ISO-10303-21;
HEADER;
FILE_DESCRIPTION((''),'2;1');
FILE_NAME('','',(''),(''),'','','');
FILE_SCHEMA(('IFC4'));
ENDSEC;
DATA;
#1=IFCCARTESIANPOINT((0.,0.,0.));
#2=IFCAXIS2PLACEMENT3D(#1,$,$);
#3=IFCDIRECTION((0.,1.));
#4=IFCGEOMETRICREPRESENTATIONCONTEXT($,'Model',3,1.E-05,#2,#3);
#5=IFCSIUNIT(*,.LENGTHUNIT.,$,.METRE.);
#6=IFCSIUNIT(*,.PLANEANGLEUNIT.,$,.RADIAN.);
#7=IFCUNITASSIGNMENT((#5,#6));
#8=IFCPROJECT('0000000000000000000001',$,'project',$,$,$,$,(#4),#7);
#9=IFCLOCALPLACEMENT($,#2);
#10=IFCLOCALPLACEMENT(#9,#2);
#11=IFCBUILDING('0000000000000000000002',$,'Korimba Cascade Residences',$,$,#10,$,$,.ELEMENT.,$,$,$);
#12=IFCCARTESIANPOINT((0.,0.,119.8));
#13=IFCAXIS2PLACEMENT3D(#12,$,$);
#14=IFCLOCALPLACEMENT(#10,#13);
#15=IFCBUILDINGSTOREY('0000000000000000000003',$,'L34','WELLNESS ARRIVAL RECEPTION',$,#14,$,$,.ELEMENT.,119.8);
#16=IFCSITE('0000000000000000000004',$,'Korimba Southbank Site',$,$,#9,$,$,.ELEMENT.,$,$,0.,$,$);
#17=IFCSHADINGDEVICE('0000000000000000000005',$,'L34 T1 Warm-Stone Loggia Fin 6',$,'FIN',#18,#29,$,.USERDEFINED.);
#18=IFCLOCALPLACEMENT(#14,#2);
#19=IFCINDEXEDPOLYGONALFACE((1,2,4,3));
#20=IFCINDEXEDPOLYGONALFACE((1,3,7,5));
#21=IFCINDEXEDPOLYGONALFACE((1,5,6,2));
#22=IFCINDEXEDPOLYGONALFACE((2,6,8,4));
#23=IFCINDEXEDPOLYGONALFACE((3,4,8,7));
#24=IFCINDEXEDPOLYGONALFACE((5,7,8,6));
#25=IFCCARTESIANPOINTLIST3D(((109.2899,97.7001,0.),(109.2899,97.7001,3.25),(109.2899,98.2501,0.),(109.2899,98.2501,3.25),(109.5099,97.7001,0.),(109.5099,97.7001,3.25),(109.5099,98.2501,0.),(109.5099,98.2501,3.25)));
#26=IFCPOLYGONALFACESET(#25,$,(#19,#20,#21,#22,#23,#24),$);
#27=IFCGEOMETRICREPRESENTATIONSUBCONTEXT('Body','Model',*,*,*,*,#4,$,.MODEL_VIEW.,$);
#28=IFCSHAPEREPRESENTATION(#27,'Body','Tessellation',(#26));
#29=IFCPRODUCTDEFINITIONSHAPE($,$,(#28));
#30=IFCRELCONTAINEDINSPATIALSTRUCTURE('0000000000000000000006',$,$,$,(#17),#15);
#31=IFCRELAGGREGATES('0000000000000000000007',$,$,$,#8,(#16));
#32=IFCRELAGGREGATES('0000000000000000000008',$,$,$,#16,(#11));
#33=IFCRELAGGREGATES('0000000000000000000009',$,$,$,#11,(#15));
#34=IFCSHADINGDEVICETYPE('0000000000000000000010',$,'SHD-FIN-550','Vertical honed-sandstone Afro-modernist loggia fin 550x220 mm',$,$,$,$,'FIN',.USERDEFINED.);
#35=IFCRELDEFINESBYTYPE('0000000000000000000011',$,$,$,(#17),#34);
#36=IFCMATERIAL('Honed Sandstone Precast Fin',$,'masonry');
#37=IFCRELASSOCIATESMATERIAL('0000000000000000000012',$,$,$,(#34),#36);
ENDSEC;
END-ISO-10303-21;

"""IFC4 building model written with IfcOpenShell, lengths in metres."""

from ifc_helpers import new_model, si_unit, direction, frame, origin, origin_2d, place, context, subcontext, project, spatial, rectangle, extrude, material, type_object, element, save


model = new_model("IFC4")

# Units and contexts
model_context = context("Model", 3, precision=1e-05, world=origin(), true_north=direction((0.0, 1.0)))
body_context = subcontext(model_context, "Body", "Model", "MODEL_VIEW")
ifc_project = project(units=[si_unit("LENGTHUNIT", "METRE"), si_unit("PLANEANGLEUNIT", "RADIAN")], contexts=[model_context])

# Site, building, storey
site_placement = place(None, origin())
site = spatial("IfcSite", under=ifc_project, at=site_placement, Name="Korimba Southbank Site", CompositionType="ELEMENT", RefElevation=0.0)
building_placement = place(site_placement, origin())
building = spatial("IfcBuilding", under=site, at=building_placement, Name="Korimba Cascade Residences", CompositionType="ELEMENT")
storey_placement = place(building_placement, frame((0.0, 0.0, 119.8)))
storey = spatial("IfcBuildingStorey", under=building, at=storey_placement, Name="L34", Description="WELLNESS ARRIVAL RECEPTION", CompositionType="ELEMENT", Elevation=119.8)

# Shading device
ifc_material_1 = material(Name="Honed Sandstone Precast Fin", Category="masonry")
shading_device_type = type_object("IfcShadingDeviceType", Name="SHD-FIN-550", Description="Vertical honed-sandstone Afro-modernist loggia fin 550x220 mm", ElementType="FIN", PredefinedType="USERDEFINED", material=ifc_material_1)
for number, where, z_axis, x_axis, name in (
    (1, (109.3999, 97.9751, 0.0), (0.0, 0.0, 1.0), (1.0, 0.0, 0.0), "L34 T1 Warm-Stone Loggia Fin 6"),
):
    element("IfcShadingDevice", number, at=place(storey_placement, frame(where, z_axis=z_axis, x_axis=x_axis)), inside=storey, type_object=shading_device_type, Name=name, ObjectType="FIN", PredefinedType="USERDEFINED", context=body_context, shape_type="SweptSolid", body=[
        extrude(rectangle(XDim=0.22, YDim=0.55, at=origin_2d()), origin(), (0.0, 0.0, 1.0), 3.25),
    ])

save(model, "model.ifc")
